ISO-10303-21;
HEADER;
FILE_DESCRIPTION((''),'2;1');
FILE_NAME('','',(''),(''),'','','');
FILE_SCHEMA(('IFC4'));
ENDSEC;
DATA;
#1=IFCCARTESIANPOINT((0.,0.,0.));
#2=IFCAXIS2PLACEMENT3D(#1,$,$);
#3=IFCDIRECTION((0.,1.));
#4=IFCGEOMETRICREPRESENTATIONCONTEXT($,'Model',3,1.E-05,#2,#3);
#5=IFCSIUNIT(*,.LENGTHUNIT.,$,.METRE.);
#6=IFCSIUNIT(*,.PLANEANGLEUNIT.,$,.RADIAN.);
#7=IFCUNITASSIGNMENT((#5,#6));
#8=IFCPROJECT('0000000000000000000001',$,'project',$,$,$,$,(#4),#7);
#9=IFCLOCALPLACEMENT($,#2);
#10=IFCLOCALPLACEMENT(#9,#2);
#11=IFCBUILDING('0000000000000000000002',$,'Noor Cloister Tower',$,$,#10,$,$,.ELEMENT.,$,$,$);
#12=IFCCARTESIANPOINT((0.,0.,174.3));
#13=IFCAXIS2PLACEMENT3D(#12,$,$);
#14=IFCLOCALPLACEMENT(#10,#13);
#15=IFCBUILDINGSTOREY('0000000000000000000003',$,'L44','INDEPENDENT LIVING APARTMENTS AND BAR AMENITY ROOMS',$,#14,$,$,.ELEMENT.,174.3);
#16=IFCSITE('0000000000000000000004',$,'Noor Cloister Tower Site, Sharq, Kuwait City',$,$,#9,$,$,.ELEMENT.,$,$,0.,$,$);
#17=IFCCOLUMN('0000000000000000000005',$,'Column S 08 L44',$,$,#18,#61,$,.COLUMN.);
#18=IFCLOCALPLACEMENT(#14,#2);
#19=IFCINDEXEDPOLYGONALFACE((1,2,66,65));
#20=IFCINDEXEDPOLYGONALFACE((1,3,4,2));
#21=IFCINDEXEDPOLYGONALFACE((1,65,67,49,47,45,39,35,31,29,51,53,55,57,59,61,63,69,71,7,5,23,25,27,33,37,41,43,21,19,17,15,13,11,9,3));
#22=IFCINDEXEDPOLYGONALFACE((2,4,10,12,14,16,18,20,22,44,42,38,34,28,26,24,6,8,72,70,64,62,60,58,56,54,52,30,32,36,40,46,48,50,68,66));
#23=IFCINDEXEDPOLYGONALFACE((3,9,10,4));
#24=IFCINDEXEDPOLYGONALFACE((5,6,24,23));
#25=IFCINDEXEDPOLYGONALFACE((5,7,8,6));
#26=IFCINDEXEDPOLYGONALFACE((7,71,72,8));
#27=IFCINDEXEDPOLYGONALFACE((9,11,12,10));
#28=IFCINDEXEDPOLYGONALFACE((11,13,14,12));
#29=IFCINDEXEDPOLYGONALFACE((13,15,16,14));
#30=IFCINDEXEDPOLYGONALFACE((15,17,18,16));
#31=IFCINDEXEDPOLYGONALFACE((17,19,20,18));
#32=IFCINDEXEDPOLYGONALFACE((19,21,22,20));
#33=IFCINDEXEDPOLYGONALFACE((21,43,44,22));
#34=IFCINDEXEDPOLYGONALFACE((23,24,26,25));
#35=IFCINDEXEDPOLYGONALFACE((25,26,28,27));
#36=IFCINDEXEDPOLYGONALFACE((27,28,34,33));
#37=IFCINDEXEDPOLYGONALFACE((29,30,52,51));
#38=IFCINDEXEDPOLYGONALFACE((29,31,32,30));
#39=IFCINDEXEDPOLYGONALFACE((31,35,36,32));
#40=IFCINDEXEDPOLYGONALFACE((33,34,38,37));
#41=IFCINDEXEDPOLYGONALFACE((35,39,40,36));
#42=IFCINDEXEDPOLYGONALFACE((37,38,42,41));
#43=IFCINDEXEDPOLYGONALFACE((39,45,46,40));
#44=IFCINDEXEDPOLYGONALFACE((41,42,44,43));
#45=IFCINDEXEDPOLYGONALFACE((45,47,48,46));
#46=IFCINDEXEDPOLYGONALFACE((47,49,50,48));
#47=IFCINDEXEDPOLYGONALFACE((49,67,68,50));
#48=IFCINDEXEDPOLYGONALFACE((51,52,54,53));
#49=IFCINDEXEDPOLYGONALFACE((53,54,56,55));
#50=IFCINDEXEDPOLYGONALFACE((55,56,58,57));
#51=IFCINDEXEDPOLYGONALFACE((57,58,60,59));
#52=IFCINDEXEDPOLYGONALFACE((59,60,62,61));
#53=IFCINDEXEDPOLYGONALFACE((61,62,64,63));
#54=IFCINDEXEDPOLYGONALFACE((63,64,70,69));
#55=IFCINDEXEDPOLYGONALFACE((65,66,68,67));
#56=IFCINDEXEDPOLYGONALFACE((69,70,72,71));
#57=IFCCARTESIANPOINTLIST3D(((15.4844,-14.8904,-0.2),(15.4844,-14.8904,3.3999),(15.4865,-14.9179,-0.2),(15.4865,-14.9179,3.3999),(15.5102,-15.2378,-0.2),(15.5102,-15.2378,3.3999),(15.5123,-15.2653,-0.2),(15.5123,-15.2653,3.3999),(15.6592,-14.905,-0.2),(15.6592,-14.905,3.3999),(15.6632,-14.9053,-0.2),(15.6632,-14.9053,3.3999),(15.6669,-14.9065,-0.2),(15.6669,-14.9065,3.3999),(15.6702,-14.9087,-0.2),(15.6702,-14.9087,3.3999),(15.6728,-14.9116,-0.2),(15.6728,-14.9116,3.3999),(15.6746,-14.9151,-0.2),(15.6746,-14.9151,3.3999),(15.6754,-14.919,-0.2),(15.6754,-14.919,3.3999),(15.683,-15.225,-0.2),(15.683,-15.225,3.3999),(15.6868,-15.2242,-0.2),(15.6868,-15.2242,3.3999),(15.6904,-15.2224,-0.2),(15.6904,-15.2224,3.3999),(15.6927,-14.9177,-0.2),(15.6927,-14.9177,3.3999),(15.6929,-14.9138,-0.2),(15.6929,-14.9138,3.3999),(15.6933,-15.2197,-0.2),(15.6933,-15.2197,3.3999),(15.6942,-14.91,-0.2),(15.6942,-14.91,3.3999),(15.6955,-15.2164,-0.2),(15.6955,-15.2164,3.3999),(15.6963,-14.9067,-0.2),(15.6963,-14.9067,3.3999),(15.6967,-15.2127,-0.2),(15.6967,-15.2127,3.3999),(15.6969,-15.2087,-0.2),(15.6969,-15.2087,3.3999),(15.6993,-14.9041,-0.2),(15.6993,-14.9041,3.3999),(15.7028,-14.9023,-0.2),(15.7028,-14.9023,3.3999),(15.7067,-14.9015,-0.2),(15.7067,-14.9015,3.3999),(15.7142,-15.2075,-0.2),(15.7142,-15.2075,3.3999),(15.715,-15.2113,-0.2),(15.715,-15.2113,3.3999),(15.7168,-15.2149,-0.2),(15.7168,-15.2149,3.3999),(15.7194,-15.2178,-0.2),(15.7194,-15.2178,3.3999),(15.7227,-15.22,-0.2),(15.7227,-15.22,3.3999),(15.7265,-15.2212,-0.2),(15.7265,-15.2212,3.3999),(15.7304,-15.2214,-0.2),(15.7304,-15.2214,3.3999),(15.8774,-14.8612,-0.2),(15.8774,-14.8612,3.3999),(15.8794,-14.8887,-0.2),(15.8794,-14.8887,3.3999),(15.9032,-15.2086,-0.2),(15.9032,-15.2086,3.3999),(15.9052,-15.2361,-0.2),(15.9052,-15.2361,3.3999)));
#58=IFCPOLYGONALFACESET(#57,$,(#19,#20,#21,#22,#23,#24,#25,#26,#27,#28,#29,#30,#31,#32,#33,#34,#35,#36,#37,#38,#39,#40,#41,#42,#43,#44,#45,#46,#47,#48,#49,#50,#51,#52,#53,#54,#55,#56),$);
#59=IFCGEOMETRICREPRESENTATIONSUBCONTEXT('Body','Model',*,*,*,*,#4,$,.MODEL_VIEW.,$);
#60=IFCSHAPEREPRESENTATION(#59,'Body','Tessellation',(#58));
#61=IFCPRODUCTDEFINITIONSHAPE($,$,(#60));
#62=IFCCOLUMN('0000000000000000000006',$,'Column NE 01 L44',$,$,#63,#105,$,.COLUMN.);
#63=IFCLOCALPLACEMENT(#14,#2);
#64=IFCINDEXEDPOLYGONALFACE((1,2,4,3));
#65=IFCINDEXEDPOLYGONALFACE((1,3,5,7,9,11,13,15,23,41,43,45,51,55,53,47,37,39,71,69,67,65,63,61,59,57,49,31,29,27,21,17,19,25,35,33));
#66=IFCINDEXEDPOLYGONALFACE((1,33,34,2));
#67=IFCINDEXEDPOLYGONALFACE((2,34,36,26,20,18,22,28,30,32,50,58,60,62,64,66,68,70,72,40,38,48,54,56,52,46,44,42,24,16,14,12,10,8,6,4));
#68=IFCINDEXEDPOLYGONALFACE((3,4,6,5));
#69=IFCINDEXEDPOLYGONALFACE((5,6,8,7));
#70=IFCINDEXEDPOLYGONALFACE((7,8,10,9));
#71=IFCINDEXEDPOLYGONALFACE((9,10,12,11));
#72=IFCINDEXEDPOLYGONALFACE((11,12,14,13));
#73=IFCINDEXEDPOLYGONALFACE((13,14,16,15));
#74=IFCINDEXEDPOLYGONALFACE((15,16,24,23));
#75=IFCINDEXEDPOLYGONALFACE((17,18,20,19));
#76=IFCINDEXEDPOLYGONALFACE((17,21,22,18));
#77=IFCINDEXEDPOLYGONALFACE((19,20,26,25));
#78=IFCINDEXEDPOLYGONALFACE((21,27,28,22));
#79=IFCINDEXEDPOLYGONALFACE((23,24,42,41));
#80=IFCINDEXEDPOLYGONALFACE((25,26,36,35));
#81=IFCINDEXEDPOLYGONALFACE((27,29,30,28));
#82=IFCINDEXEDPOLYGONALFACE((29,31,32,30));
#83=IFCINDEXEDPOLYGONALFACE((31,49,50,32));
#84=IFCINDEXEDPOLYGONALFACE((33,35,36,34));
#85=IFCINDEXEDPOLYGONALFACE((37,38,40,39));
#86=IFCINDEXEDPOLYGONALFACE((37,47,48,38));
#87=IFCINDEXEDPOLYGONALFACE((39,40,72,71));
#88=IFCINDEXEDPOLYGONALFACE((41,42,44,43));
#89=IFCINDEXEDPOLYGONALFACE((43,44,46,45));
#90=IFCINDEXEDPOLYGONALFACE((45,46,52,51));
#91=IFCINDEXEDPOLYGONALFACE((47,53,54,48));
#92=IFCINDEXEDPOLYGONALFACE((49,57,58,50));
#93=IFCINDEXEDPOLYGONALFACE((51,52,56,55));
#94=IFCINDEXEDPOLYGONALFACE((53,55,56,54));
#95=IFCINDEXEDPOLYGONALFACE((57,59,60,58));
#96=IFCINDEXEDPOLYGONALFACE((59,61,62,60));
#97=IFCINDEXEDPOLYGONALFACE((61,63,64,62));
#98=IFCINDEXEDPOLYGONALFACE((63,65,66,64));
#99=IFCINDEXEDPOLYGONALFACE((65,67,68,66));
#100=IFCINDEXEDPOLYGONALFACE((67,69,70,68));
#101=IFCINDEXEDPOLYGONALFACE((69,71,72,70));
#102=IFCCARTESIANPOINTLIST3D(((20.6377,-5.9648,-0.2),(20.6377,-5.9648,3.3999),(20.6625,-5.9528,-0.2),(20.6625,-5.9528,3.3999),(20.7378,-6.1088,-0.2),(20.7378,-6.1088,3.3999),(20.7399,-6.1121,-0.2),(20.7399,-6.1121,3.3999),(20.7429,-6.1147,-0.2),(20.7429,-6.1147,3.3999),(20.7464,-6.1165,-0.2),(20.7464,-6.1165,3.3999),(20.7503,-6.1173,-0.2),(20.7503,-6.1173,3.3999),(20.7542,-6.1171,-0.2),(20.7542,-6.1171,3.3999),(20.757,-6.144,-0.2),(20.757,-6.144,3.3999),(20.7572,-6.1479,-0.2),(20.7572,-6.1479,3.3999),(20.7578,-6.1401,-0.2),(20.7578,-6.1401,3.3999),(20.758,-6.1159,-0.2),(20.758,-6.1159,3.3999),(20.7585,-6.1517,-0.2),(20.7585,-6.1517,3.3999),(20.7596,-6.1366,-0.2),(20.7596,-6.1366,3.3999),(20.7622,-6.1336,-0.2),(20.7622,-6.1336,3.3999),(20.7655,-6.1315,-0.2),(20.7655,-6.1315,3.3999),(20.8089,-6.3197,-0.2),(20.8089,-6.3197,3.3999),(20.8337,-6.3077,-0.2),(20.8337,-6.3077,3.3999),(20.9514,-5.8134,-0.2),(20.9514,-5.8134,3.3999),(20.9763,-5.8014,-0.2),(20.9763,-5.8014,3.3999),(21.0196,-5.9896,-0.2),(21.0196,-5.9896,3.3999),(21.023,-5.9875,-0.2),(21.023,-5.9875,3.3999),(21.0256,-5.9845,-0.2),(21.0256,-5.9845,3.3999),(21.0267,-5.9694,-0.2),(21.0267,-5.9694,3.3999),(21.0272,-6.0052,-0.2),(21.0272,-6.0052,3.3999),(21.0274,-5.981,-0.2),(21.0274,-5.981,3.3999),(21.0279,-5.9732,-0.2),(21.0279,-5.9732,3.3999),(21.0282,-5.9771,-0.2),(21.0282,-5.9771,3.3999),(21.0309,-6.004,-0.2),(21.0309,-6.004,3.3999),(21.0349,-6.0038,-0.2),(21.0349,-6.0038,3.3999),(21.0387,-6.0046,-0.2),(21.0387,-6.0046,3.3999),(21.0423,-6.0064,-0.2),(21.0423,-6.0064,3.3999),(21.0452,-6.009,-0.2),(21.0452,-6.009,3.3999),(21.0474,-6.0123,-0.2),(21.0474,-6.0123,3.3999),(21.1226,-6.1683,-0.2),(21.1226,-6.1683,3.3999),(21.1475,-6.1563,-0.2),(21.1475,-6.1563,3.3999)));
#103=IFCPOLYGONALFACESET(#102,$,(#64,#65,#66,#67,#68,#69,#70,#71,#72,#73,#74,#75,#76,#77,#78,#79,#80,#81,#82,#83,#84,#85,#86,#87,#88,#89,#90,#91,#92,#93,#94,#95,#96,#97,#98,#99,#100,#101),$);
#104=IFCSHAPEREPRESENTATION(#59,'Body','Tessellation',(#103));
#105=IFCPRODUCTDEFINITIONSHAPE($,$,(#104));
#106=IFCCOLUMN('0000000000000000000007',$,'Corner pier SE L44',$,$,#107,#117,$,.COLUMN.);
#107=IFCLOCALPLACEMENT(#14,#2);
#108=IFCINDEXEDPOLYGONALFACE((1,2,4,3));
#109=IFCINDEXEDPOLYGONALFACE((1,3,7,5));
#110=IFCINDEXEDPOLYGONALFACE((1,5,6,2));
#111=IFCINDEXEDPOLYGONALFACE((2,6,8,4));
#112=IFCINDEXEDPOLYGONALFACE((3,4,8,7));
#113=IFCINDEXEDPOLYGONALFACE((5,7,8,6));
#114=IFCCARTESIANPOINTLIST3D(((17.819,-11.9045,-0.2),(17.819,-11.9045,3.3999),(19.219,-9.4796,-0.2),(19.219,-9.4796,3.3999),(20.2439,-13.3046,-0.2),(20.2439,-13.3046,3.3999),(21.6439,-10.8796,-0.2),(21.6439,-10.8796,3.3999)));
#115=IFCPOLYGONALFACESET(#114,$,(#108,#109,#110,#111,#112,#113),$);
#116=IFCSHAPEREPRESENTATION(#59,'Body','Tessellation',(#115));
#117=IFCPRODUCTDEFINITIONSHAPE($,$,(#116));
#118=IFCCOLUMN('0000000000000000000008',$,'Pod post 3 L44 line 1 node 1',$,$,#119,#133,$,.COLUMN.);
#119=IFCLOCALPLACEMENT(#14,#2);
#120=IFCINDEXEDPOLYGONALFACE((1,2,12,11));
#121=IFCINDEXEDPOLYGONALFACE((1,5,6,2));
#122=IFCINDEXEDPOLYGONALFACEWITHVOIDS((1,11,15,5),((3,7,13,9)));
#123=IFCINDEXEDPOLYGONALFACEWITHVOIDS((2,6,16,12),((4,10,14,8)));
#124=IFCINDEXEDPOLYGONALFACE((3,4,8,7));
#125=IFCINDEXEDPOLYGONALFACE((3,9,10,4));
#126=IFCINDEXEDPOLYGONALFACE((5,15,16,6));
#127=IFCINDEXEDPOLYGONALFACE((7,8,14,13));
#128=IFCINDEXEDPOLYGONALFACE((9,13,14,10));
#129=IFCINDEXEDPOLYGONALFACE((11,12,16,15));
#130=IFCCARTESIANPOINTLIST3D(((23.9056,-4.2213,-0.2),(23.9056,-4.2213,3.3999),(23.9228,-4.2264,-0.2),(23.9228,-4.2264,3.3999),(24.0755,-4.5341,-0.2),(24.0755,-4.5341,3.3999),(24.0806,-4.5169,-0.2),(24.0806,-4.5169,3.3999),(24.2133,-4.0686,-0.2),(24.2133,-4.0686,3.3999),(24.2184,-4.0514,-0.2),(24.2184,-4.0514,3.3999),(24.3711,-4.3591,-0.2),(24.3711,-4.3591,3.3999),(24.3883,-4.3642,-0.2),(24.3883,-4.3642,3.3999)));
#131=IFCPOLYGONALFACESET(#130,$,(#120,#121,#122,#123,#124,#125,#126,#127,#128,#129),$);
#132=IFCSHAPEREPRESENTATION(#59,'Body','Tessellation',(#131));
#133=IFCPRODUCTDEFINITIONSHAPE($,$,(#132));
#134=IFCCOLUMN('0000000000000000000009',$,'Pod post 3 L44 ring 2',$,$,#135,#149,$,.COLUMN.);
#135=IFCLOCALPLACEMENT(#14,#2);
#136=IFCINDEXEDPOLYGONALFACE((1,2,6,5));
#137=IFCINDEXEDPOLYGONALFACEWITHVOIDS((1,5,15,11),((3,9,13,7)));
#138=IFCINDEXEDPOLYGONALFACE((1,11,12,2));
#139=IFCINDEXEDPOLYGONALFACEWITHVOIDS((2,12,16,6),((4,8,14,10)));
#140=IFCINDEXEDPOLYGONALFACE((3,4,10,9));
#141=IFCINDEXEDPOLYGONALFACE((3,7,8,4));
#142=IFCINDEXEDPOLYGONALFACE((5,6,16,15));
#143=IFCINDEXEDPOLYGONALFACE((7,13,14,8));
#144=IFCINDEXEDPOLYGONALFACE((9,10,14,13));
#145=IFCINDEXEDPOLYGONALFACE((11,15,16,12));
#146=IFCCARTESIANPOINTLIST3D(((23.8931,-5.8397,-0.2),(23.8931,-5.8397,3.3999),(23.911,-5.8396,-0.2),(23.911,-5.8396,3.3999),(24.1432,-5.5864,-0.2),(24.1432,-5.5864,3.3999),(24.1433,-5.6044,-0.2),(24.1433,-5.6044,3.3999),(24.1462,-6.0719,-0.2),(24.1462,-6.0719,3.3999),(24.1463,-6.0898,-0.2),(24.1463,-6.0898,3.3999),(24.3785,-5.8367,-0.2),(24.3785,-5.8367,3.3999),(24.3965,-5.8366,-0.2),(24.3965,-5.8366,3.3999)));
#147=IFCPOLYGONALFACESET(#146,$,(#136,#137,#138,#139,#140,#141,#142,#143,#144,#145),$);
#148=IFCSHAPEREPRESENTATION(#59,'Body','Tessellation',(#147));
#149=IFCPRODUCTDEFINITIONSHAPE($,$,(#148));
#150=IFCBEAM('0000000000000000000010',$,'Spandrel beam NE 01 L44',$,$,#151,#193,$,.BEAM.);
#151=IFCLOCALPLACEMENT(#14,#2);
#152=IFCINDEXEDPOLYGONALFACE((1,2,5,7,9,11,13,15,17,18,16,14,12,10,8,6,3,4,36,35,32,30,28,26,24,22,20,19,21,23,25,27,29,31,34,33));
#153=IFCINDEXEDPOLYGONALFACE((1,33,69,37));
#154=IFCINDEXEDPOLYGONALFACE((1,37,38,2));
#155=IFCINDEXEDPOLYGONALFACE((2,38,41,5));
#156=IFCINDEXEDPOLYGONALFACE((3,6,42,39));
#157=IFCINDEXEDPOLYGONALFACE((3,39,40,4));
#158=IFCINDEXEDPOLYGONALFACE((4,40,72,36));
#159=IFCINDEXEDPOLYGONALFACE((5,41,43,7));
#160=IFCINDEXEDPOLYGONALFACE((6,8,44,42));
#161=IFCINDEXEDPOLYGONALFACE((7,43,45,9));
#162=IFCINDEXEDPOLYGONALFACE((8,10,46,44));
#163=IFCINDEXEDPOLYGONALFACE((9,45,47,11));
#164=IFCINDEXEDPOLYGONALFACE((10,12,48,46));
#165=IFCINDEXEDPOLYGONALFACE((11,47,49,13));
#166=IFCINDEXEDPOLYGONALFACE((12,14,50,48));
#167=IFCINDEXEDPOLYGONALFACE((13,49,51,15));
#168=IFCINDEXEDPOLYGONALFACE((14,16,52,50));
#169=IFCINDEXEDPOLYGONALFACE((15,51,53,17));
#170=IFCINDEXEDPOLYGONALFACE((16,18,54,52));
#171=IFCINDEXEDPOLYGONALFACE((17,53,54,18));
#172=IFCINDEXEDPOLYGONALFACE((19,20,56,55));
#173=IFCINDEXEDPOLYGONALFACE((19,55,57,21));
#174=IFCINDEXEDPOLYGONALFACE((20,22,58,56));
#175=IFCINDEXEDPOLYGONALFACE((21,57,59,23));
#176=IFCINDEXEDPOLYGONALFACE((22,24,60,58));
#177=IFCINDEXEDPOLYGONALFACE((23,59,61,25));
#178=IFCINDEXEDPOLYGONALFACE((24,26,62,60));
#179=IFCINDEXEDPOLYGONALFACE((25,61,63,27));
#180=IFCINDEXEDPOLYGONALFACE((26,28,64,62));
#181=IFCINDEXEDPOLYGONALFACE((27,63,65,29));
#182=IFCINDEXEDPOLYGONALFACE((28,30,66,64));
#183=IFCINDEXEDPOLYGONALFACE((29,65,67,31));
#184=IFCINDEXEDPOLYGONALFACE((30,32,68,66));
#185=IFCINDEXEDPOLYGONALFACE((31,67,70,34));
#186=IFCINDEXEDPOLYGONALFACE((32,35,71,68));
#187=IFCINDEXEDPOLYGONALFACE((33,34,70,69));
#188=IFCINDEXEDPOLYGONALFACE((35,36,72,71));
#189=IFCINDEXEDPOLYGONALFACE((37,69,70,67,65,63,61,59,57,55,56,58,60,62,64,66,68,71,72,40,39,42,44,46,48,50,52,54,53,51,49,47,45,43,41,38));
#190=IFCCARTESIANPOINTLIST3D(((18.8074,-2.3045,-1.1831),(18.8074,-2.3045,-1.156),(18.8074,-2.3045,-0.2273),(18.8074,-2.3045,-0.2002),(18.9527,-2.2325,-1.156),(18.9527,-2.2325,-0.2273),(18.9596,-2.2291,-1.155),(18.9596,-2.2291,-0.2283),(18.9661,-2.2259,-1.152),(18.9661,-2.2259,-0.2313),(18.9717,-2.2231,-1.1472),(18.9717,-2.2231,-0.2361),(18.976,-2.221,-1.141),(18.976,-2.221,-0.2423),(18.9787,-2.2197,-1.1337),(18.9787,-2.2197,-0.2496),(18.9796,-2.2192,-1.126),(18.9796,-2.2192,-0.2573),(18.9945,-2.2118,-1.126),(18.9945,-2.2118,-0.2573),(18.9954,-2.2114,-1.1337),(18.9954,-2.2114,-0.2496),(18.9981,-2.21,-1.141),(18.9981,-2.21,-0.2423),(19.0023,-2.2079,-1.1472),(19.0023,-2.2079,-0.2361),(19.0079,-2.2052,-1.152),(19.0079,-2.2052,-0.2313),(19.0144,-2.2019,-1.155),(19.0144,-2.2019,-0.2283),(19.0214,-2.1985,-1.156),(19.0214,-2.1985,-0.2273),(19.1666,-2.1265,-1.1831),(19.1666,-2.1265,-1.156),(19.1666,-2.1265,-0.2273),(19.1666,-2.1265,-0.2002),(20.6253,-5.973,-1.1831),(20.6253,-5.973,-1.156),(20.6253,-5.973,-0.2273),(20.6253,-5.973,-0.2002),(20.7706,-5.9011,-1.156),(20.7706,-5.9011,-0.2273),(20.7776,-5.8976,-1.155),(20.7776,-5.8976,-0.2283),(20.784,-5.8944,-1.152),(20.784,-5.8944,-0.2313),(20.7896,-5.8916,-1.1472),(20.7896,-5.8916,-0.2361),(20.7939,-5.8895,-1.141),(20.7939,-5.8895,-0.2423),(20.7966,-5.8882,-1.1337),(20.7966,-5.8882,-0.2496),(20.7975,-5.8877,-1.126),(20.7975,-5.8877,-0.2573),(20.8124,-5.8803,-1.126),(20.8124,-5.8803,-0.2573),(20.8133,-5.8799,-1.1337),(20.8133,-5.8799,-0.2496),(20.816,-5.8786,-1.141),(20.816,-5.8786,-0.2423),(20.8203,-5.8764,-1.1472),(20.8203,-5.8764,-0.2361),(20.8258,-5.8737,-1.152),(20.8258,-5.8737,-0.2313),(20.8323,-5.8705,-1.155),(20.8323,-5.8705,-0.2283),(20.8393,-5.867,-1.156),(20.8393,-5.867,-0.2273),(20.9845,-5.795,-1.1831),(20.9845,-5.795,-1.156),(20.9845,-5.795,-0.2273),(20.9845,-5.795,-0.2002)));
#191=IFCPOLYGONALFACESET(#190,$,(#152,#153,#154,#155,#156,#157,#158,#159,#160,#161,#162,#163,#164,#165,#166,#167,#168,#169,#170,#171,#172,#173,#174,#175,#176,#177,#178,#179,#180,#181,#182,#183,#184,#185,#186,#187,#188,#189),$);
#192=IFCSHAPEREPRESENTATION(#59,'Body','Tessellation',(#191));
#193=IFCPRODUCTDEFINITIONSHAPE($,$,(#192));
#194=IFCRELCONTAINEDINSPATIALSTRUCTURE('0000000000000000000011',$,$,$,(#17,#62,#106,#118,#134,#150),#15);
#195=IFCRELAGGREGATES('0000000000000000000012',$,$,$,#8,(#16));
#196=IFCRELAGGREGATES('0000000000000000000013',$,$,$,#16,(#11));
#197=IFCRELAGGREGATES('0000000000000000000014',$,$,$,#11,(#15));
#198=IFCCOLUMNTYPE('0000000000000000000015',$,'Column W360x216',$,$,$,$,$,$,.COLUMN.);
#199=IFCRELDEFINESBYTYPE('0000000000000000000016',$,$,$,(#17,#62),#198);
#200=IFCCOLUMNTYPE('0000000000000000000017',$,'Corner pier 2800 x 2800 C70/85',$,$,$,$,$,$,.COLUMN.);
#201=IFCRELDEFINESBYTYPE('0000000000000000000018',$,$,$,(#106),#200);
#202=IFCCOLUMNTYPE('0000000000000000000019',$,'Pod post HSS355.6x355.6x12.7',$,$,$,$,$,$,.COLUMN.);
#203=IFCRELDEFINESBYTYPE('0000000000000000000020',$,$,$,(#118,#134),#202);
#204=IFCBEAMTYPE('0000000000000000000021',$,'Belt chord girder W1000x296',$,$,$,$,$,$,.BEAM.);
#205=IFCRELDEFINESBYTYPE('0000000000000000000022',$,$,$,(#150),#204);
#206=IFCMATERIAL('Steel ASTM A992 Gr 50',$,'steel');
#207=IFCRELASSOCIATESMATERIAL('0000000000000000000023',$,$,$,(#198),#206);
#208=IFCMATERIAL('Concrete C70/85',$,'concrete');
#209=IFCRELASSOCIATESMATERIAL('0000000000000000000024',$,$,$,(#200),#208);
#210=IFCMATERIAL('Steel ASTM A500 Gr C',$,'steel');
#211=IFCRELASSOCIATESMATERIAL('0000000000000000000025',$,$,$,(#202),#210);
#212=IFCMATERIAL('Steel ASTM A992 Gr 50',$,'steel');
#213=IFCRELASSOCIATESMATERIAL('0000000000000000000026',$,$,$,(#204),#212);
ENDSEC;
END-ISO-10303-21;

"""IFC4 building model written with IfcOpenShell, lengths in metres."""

from ifc_helpers import new_model, si_unit, direction, frame, origin, origin_2d, place, context, subcontext, project, spatial, rectangle, hollow_rectangle, i_section, extrude, material, material_profile, profile_set, type_object, element, save


model = new_model("IFC4")

# Units and contexts
model_context = context("Model", 3, precision=1e-05, world=origin(), true_north=direction((0.0, 1.0)))
body_context = subcontext(model_context, "Body", "Model", "MODEL_VIEW")
ifc_project = project(units=[si_unit("LENGTHUNIT", "METRE"), si_unit("PLANEANGLEUNIT", "RADIAN")], contexts=[model_context])

# Site, building, storey
site_placement = place(None, origin())
site = spatial("IfcSite", under=ifc_project, at=site_placement, Name="Noor Cloister Tower Site, Sharq, Kuwait City", CompositionType="ELEMENT", RefElevation=0.0)
building_placement = place(site_placement, origin())
building = spatial("IfcBuilding", under=site, at=building_placement, Name="Noor Cloister Tower", CompositionType="ELEMENT")
storey_placement = place(building_placement, frame((0.0, 0.0, 174.3)))
storey = spatial("IfcBuildingStorey", under=building, at=storey_placement, Name="L44", Description="INDEPENDENT LIVING APARTMENTS AND BAR AMENITY ROOMS", CompositionType="ELEMENT", Elevation=174.3)

# Columns
ifc_material_1 = material(Name="Steel ASTM A992 Gr 50", Category="steel")
ifc_material_profile_1 = material_profile(ifc_material_1, i_section(OverallWidth=0.394, OverallDepth=0.376, WebThickness=0.0173, FlangeThickness=0.0276, FilletRadius=0.0151, at=origin_2d()), Name="W360x216")
ifc_profile_set_1 = profile_set([ifc_material_profile_1], Name="Steel ASTM A992 Gr 50")
column_type_1 = type_object("IfcColumnType", Name="Column W360x216", PredefinedType="COLUMN", material=ifc_profile_set_1)
for number, where, z_axis, x_axis, name in (
    (1, (15.6948, -15.0632, -0.2), (0.0, 0.0, 1.0), (0.997253, 0.074068, 0.0), "Column S 08 L44"),
    (2, (20.8926, -6.0605, -0.2), (0.0, 0.0, 1.0), (-0.434482, 0.90068, 0.0), "Column NE 01 L44"),
):
    element("IfcColumn", number, at=place(storey_placement, frame(where, z_axis=z_axis, x_axis=x_axis)), inside=storey, type_object=column_type_1, Name=name, PredefinedType="COLUMN", context=body_context, shape_type="SweptSolid", body=[
        extrude(i_section(OverallWidth=0.394, OverallDepth=0.376, WebThickness=0.0173, FlangeThickness=0.0276, FilletRadius=0.0151, at=origin_2d()), origin(), (0.0, 0.0, 1.0), 3.5999),
    ])
ifc_material_2 = material(Name="Concrete C70/85", Category="concrete")
ifc_material_profile_2 = material_profile(ifc_material_2, rectangle(XDim=2.8, YDim=2.8, at=origin_2d()), Name="RC 2800x2800")
ifc_profile_set_2 = profile_set([ifc_material_profile_2], Name="Concrete C70/85")
column_type_2 = type_object("IfcColumnType", Name="Corner pier 2800 x 2800 C70/85", PredefinedType="COLUMN", material=ifc_profile_set_2)
column_placement = place(storey_placement, frame((19.7314, -11.3921, -0.2), z_axis=(0.0, 0.0, 1.0), x_axis=(0.866025, -0.5, 0.0)))
element("IfcColumn", 3, at=column_placement, inside=storey, type_object=column_type_2, Name="Corner pier SE L44", PredefinedType="COLUMN", context=body_context, shape_type="SweptSolid", body=[
    extrude(rectangle(XDim=2.8, YDim=2.8, at=origin_2d()), origin(), (0.0, 0.0, 1.0), 3.5999),
])
ifc_material_3 = material(Name="Steel ASTM A500 Gr C", Category="steel")
ifc_material_profile_3 = material_profile(ifc_material_3, hollow_rectangle(XDim=0.356, YDim=0.356, WallThickness=0.0127, at=origin_2d()), Name="HSS355.6x355.6x12.7")
ifc_profile_set_3 = profile_set([ifc_material_profile_3], Name="Steel ASTM A500 Gr C")
column_type_3 = type_object("IfcColumnType", Name="Pod post HSS355.6x355.6x12.7", PredefinedType="COLUMN", material=ifc_profile_set_3)
for number, where, z_axis, x_axis, name in (
    (4, (24.147, -4.2927, -0.2), (0.0, 0.0, 1.0), (0.878722, 0.477334, 0.0), "Pod post 3 L44 line 1 node 1"),
    (5, (24.1448, -5.8381, -0.2), (0.0, 0.0, 1.0), (0.70274, 0.711447, 0.0), "Pod post 3 L44 ring 2"),
):
    element("IfcColumn", number, at=place(storey_placement, frame(where, z_axis=z_axis, x_axis=x_axis)), inside=storey, type_object=column_type_3, Name=name, PredefinedType="COLUMN", context=body_context, shape_type="SweptSolid", body=[
        extrude(hollow_rectangle(XDim=0.356, YDim=0.356, WallThickness=0.0127, at=origin_2d()), origin(), (0.0, 0.0, 1.0), 3.5999),
    ])

# Beam
ifc_material_4 = material(Name="Steel ASTM A992 Gr 50", Category="steel")
ifc_material_profile_4 = material_profile(ifc_material_4, i_section(OverallWidth=0.4009, OverallDepth=0.9829, WebThickness=0.0166, FlangeThickness=0.0271, FilletRadius=0.03, at=origin_2d()), Name="W1000x296")
ifc_profile_set_4 = profile_set([ifc_material_profile_4], Name="Steel ASTM A992 Gr 50")
beam_type_1 = type_object("IfcBeamType", Name="Belt chord girder W1000x296", PredefinedType="BEAM", material=ifc_profile_set_4)
beam_1_placement = place(storey_placement, frame((20.8049, -5.884, -0.6917), z_axis=(-0.444015, 0.89602, 0.0), x_axis=(-0.89602, -0.444015, 0.0)))
element("IfcBeam", 6, at=beam_1_placement, inside=storey, type_object=beam_type_1, Name="Spandrel beam NE 01 L44", PredefinedType="BEAM", context=body_context, shape_type="SweptSolid", body=[
    extrude(i_section(OverallWidth=0.4009, OverallDepth=0.9829, WebThickness=0.0166, FlangeThickness=0.0271, FilletRadius=0.03, at=origin_2d()), origin(), (0.0, 0.0, 1.0), 4.0942),
])

save(model, "model.ifc")
